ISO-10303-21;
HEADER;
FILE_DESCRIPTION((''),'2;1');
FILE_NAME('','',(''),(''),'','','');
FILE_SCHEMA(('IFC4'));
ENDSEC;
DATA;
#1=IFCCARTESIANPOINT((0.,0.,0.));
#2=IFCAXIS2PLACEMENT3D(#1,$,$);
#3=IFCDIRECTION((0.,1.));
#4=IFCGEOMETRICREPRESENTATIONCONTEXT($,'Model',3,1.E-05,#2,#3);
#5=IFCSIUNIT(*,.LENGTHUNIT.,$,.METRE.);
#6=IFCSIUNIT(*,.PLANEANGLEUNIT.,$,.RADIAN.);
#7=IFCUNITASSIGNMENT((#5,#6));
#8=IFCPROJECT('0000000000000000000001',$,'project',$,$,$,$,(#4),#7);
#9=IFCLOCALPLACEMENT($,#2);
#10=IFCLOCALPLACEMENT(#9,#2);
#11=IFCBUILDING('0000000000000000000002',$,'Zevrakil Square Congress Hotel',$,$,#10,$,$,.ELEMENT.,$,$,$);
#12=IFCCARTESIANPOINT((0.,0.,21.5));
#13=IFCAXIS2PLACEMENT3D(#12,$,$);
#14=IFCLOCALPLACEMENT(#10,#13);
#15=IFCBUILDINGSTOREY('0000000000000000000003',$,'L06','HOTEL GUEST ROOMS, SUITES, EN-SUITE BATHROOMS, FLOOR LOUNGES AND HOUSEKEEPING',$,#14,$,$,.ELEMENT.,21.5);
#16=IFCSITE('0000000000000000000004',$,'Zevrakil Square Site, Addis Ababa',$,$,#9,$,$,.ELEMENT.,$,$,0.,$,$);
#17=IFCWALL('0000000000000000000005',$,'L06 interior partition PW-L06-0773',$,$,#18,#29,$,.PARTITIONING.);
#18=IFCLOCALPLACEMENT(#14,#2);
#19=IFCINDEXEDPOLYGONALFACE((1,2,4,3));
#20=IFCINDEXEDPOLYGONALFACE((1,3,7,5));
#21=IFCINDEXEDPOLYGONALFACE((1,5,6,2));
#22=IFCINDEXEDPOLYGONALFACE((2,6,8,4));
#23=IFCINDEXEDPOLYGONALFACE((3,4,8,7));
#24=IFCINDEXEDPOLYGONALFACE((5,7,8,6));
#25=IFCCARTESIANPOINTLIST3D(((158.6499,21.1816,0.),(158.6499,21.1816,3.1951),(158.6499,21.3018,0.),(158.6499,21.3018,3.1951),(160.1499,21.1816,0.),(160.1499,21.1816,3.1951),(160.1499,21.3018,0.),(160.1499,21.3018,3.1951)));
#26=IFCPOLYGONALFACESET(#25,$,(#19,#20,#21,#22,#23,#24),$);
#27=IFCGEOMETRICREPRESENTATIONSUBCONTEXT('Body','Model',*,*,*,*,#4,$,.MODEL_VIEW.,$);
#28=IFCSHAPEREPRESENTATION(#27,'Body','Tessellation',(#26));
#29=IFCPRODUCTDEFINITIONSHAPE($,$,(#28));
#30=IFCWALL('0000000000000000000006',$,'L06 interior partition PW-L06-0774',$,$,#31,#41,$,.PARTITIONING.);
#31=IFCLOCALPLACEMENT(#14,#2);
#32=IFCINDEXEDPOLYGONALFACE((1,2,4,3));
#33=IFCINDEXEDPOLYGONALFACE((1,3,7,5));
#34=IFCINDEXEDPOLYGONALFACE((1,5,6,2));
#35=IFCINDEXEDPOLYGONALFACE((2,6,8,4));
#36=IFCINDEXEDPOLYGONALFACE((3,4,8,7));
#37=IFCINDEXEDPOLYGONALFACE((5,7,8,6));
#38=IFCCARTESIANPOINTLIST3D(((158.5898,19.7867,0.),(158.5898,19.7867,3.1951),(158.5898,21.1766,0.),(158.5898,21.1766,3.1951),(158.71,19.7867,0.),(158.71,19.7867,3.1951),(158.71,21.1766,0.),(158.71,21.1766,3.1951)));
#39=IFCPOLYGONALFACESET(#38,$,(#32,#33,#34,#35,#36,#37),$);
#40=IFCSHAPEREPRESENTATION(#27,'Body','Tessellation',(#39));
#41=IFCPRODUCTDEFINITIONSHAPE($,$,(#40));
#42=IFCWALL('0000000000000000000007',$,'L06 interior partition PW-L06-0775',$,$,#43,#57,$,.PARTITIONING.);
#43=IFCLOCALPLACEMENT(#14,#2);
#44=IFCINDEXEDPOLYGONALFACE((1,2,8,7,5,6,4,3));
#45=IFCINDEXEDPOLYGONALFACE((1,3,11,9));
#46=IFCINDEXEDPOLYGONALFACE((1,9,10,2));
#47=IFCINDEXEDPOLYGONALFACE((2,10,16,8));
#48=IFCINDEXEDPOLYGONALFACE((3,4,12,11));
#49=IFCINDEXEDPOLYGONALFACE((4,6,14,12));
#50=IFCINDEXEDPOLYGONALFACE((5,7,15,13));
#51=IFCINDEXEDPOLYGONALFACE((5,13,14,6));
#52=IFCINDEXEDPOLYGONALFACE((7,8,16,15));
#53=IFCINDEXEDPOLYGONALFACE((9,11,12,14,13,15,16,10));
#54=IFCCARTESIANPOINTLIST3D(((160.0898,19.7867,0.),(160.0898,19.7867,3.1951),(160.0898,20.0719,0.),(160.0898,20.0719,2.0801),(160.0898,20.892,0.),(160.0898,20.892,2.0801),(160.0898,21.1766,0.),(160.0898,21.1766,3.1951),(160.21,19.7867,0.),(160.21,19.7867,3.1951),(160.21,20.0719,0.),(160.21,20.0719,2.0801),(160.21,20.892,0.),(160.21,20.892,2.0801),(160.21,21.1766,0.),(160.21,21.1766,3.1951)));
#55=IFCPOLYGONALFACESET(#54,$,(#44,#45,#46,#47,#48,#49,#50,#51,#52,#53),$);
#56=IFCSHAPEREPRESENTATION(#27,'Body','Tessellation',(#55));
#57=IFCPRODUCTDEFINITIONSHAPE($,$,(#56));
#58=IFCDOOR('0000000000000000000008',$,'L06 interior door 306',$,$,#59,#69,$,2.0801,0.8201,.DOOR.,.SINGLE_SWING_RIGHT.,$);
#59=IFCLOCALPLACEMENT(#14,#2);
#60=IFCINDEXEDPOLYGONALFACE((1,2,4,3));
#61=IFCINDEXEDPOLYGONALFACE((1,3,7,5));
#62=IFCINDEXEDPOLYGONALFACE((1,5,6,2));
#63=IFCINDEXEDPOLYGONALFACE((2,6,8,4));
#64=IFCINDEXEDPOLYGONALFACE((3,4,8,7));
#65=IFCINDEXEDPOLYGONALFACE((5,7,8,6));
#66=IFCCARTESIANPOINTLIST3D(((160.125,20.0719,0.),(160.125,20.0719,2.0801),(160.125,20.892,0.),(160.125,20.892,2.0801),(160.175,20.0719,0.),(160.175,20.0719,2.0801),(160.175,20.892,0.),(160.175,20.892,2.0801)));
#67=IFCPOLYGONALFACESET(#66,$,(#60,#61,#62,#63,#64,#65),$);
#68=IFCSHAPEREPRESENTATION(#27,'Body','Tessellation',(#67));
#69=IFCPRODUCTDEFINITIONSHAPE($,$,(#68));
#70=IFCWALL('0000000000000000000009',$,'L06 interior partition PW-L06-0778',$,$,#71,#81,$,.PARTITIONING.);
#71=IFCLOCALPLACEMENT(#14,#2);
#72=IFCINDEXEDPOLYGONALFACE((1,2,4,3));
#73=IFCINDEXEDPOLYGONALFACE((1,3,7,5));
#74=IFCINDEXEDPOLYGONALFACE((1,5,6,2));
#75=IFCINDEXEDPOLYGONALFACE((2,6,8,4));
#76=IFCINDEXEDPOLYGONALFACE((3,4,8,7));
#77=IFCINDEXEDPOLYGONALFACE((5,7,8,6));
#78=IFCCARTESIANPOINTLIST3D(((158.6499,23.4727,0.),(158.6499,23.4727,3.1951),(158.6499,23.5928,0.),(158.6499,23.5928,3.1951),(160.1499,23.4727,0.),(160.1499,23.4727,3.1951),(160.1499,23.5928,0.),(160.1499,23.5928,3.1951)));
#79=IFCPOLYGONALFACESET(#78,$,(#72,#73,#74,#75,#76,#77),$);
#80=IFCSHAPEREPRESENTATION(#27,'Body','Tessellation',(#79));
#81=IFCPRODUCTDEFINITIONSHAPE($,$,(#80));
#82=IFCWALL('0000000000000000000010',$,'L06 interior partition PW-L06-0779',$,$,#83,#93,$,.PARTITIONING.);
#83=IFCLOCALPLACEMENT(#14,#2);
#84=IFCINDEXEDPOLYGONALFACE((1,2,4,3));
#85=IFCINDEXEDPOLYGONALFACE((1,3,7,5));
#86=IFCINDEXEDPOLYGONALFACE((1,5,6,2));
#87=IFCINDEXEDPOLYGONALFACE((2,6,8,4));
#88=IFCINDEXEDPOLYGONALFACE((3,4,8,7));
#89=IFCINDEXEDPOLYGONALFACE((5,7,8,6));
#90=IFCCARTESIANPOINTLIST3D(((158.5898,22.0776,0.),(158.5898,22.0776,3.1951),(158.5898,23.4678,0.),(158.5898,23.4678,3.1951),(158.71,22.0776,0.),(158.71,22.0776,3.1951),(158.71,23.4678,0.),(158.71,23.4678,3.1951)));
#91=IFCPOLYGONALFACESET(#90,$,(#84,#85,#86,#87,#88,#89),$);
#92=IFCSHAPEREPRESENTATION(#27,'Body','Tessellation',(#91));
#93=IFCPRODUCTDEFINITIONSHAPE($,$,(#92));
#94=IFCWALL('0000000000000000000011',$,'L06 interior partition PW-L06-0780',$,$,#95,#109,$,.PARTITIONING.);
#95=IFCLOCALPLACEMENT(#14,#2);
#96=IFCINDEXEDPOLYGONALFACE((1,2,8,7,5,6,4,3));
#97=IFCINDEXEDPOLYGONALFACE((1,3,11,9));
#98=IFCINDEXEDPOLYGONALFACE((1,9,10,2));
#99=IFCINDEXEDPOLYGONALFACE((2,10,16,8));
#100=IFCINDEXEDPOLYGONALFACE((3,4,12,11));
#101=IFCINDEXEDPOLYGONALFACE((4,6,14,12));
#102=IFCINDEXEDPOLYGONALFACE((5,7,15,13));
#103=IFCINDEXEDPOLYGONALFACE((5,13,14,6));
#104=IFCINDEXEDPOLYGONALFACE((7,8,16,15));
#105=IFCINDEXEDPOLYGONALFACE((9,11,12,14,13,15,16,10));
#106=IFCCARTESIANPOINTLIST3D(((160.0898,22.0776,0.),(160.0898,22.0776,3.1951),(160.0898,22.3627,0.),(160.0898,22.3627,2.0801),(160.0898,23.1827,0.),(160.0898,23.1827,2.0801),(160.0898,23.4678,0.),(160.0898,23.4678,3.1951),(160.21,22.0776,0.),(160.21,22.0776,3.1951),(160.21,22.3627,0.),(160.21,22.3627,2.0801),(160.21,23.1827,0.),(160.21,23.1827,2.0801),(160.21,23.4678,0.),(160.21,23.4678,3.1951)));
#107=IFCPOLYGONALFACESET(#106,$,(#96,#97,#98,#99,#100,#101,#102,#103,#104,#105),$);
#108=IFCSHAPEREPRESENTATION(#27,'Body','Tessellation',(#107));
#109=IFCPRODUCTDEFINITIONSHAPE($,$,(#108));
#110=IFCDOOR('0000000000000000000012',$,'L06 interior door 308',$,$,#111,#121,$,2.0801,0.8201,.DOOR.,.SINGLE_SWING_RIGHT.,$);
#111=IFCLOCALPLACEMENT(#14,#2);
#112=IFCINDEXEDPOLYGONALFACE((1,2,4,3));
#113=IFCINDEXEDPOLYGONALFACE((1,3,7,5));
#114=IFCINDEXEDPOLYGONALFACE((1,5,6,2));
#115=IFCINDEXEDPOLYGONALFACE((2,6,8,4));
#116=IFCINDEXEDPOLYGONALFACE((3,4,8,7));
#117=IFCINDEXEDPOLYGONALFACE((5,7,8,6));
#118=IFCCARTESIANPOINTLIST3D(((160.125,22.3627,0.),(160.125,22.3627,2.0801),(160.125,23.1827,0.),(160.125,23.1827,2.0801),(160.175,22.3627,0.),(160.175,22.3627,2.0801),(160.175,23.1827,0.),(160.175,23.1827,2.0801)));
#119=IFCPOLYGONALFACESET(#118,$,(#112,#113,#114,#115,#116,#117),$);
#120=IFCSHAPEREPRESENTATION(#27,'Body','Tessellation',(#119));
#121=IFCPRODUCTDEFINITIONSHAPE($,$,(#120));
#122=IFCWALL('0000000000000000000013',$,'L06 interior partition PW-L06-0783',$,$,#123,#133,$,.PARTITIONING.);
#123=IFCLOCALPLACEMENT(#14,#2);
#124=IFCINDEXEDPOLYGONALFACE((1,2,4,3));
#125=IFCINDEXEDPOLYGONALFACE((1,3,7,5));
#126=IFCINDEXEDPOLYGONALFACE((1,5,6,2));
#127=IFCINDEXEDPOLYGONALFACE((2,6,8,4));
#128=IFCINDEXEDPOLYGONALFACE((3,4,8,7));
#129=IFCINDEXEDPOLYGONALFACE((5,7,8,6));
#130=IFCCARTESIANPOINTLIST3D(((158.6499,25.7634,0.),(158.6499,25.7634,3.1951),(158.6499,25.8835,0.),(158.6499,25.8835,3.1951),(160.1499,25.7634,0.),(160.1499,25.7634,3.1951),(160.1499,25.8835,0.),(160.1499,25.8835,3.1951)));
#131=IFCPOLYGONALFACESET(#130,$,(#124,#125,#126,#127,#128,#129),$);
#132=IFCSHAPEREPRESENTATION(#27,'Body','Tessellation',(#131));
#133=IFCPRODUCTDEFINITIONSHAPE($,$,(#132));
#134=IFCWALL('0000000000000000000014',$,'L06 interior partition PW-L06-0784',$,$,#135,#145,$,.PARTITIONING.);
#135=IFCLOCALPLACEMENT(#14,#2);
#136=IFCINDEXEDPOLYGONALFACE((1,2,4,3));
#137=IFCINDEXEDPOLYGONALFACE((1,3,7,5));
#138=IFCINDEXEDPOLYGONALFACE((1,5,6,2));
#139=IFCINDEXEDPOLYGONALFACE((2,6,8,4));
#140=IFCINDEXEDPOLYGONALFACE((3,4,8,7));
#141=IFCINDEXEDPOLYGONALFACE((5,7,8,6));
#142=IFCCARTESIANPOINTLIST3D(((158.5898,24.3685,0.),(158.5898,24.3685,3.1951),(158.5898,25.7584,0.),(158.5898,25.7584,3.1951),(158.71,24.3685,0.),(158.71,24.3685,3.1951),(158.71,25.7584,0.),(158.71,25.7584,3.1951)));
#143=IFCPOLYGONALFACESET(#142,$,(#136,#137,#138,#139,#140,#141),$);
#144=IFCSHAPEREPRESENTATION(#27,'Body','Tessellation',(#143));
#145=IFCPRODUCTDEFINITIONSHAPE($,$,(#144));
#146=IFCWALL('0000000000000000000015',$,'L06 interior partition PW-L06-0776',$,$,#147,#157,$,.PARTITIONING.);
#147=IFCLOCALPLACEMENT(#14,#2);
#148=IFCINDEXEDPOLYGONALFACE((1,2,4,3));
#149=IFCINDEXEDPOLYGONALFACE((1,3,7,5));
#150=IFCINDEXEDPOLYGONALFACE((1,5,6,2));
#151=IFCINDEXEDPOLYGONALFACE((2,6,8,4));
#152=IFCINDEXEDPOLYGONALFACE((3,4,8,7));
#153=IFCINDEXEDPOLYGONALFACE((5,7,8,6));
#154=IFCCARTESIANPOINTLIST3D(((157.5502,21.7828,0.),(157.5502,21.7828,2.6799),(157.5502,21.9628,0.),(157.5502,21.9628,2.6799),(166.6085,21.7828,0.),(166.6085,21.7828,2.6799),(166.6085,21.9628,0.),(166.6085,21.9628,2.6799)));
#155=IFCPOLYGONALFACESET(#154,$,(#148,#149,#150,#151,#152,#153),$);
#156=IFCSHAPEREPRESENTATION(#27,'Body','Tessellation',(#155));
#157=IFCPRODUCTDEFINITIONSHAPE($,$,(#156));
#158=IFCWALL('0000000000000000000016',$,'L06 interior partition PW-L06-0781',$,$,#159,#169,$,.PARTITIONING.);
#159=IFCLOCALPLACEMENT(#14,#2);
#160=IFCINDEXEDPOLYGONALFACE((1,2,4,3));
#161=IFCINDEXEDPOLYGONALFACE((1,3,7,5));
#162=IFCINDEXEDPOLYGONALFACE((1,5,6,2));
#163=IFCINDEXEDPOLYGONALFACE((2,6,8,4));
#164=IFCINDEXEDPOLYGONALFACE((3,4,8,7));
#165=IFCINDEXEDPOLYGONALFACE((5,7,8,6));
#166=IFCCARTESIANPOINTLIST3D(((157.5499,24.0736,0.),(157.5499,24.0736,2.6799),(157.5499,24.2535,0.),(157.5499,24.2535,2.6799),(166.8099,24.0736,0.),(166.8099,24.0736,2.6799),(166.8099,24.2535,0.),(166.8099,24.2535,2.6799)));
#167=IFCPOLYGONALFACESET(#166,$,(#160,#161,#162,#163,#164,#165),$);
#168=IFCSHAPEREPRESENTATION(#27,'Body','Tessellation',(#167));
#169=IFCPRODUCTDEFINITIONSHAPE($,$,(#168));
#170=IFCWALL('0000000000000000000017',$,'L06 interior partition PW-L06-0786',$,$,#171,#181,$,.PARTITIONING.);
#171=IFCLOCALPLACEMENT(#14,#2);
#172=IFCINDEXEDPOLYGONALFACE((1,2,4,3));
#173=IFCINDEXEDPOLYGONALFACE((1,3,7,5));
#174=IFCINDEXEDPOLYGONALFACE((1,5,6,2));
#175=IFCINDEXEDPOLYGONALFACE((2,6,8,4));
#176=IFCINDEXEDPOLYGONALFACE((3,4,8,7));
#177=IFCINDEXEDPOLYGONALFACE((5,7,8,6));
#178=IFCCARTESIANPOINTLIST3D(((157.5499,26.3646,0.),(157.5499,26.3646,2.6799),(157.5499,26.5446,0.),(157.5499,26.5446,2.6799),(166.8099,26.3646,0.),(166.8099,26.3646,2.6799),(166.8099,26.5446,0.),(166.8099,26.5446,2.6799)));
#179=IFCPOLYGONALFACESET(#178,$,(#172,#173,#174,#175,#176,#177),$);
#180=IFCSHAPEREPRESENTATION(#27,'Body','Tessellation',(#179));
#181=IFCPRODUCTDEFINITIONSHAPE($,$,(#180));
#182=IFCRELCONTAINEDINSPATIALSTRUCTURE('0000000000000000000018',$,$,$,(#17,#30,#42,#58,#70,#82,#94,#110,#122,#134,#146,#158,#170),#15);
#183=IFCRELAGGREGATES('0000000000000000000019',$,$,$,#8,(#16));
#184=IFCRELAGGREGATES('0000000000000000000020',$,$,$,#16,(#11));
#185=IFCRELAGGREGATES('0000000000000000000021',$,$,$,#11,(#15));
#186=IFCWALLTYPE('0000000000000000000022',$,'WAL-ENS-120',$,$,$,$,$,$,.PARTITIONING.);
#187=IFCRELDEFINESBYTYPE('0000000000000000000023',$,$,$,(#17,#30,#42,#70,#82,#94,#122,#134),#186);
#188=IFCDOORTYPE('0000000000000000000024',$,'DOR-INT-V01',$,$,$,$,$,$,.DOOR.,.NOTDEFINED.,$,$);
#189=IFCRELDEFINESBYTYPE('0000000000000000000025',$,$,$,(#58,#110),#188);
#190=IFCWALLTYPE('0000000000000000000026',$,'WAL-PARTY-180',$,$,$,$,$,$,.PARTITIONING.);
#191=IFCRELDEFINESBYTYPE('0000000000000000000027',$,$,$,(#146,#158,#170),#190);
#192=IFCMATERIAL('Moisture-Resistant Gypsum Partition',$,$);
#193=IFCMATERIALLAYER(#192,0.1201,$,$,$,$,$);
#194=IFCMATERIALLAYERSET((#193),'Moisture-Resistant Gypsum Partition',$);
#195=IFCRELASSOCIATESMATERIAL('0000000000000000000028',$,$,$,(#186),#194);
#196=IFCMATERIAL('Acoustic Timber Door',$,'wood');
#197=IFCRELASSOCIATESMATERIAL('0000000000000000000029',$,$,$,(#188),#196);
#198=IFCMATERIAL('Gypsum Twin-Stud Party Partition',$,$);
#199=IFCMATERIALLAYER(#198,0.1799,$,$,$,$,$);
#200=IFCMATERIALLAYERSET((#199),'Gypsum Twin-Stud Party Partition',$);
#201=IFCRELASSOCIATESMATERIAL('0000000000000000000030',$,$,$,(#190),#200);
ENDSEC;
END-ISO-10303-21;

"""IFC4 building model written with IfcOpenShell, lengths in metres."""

from ifc_helpers import new_model, si_unit, direction, frame, frame_2d, origin, place, context, subcontext, project, spatial, rectangle, extrude, material, layer, layer_set, type_object, element, fill, save


model = new_model("IFC4")

# Units and contexts
model_context = context("Model", 3, precision=1e-05, world=origin(), true_north=direction((0.0, 1.0)))
body_context = subcontext(model_context, "Body", "Model", "MODEL_VIEW")
ifc_project = project(units=[si_unit("LENGTHUNIT", "METRE"), si_unit("PLANEANGLEUNIT", "RADIAN")], contexts=[model_context])

# Site, building, storey
site_placement = place(None, origin())
site = spatial("IfcSite", under=ifc_project, at=site_placement, Name="Zevrakil Square Site, Addis Ababa", CompositionType="ELEMENT", RefElevation=0.0)
building_placement = place(site_placement, origin())
building = spatial("IfcBuilding", under=site, at=building_placement, Name="Zevrakil Square Congress Hotel", CompositionType="ELEMENT")
storey_placement = place(building_placement, frame((0.0, 0.0, 21.5)))
storey = spatial("IfcBuildingStorey", under=building, at=storey_placement, Name="L06", Description="HOTEL GUEST ROOMS, SUITES, EN-SUITE BATHROOMS, FLOOR LOUNGES AND HOUSEKEEPING", CompositionType="ELEMENT", Elevation=21.5)

# Shared definitions
ifc_material_1 = material(Name="Moisture-Resistant Gypsum Partition")
ifc_layer_1 = layer(ifc_material_1, 0.1201)
ifc_layer_set_1 = layer_set([ifc_layer_1], Name="Moisture-Resistant Gypsum Partition")
wall_type_1 = type_object("IfcWallType", Name="WAL-ENS-120", PredefinedType="PARTITIONING", material=ifc_layer_set_1)

# Shared definitions
ifc_material_2 = material(Name="Acoustic Timber Door", Category="wood")
door_type_1 = type_object("IfcDoorType", Name="DOR-INT-V01", OperationType="NOTDEFINED", PredefinedType="DOOR", material=ifc_material_2)

# Walls
wall_1_placement = place(storey_placement, frame((158.6499, 21.2417, 0.0), z_axis=(0.0, 0.0, 1.0), x_axis=(1.0, 0.0, 0.0)))
element("IfcWall", 1, at=wall_1_placement, inside=storey, type_object=wall_type_1, Name="L06 interior partition PW-L06-0773", PredefinedType="PARTITIONING", context=body_context, shape_type="SweptSolid", body=[
    extrude(rectangle(XDim=1.5, YDim=0.1201, at=frame_2d((0.75, 0.0))), origin(), (0.0, 0.0, 1.0), 3.1951),
])
wall_2_placement = place(storey_placement, frame((158.6499, 19.7869, 0.0), z_axis=(0.0, 0.0, 1.0), x_axis=(0.0, 1.0, 0.0)))
element("IfcWall", 2, at=wall_2_placement, inside=storey, type_object=wall_type_1, Name="L06 interior partition PW-L06-0774", PredefinedType="PARTITIONING", context=body_context, shape_type="SweptSolid", body=[
    extrude(rectangle(XDim=1.3899, YDim=0.1201, at=frame_2d((0.6948, 0.0))), origin(), (0.0, 0.0, 1.0), 3.1951),
])

# Wall, opening, door
wall_3_placement = place(storey_placement, frame((160.1499, 19.7869, 0.0), z_axis=(0.0, 0.0, 1.0), x_axis=(0.0, 1.0, 0.0)))
wall_3 = element("IfcWall", 3, at=wall_3_placement, inside=storey, type_object=wall_type_1, Name="L06 interior partition PW-L06-0775", PredefinedType="PARTITIONING", context=body_context, shape_type="SweptSolid", body=[
    extrude(rectangle(XDim=1.3899, YDim=0.1201, at=frame_2d((0.6948, 0.0))), origin(), (0.0, 0.0, 1.0), 3.1951),
])
opening_1_placement = place(wall_3_placement, frame((0.2849, 0.0, 0.0)))
opening_1 = element("IfcOpeningElement", 4, at=opening_1_placement, cuts=wall_3, PredefinedType="OPENING", context=body_context, shape_type="SweptSolid", body=[
    extrude(rectangle(XDim=0.8201, YDim=2.0801, at=frame_2d((0.4102, 1.04))), frame((0.0, 0.0701, 0.0), z_axis=(0.0, -1.0, 0.0), x_axis=(1.0, 0.0, 0.0)), (0.0, 0.0, 1.0), 0.1401),
])
door_1_placement = place(opening_1_placement, origin())
door_1 = element("IfcDoor", 5, at=door_1_placement, inside=storey, type_object=door_type_1, Name="L06 interior door 306", OperationType="SINGLE_SWING_RIGHT", OverallHeight=2.0801, OverallWidth=0.8201, PredefinedType="DOOR", context=body_context, shape_type="SweptSolid", body=[
    extrude(rectangle(XDim=0.8201, YDim=2.0801, at=frame_2d((0.4102, 1.04))), frame((0.0, 0.0249, 0.0), z_axis=(0.0, -1.0, 0.0), x_axis=(1.0, 0.0, 0.0)), (0.0, 0.0, 1.0), 0.05),
])
fill(opening_1, door_1)

# Walls
wall_4_placement = place(storey_placement, frame((158.6499, 23.5327, 0.0), z_axis=(0.0, 0.0, 1.0), x_axis=(1.0, 0.0, 0.0)))
element("IfcWall", 6, at=wall_4_placement, inside=storey, type_object=wall_type_1, Name="L06 interior partition PW-L06-0778", PredefinedType="PARTITIONING", context=body_context, shape_type="SweptSolid", body=[
    extrude(rectangle(XDim=1.5, YDim=0.1201, at=frame_2d((0.75, 0.0))), origin(), (0.0, 0.0, 1.0), 3.1951),
])
wall_5_placement = place(storey_placement, frame((158.6499, 22.0776, 0.0), z_axis=(0.0, 0.0, 1.0), x_axis=(0.0, 1.0, 0.0)))
element("IfcWall", 7, at=wall_5_placement, inside=storey, type_object=wall_type_1, Name="L06 interior partition PW-L06-0779", PredefinedType="PARTITIONING", context=body_context, shape_type="SweptSolid", body=[
    extrude(rectangle(XDim=1.3901, YDim=0.1201, at=frame_2d((0.6951, 0.0))), origin(), (0.0, 0.0, 1.0), 3.1951),
])

# Wall, opening, door
wall_6_placement = place(storey_placement, frame((160.1499, 22.0776, 0.0), z_axis=(0.0, 0.0, 1.0), x_axis=(0.0, 1.0, 0.0)))
wall_6 = element("IfcWall", 8, at=wall_6_placement, inside=storey, type_object=wall_type_1, Name="L06 interior partition PW-L06-0780", PredefinedType="PARTITIONING", context=body_context, shape_type="SweptSolid", body=[
    extrude(rectangle(XDim=1.3901, YDim=0.1201, at=frame_2d((0.6951, 0.0))), origin(), (0.0, 0.0, 1.0), 3.1951),
])
opening_2_placement = place(wall_6_placement, frame((0.2849, 0.0, 0.0)))
opening_2 = element("IfcOpeningElement", 9, at=opening_2_placement, cuts=wall_6, PredefinedType="OPENING", context=body_context, shape_type="SweptSolid", body=[
    extrude(rectangle(XDim=0.8201, YDim=2.0801, at=frame_2d((0.4102, 1.04))), frame((0.0, 0.0701, 0.0), z_axis=(0.0, -1.0, 0.0), x_axis=(1.0, 0.0, 0.0)), (0.0, 0.0, 1.0), 0.1401),
])
door_2_placement = place(opening_2_placement, origin())
door_2 = element("IfcDoor", 10, at=door_2_placement, inside=storey, type_object=door_type_1, Name="L06 interior door 308", OperationType="SINGLE_SWING_RIGHT", OverallHeight=2.0801, OverallWidth=0.8201, PredefinedType="DOOR", context=body_context, shape_type="SweptSolid", body=[
    extrude(rectangle(XDim=0.8201, YDim=2.0801, at=frame_2d((0.4102, 1.04))), frame((0.0, 0.0249, 0.0), z_axis=(0.0, -1.0, 0.0), x_axis=(1.0, 0.0, 0.0)), (0.0, 0.0, 1.0), 0.05),
])
fill(opening_2, door_2)

# Walls
wall_7_placement = place(storey_placement, frame((158.6499, 25.8235, 0.0), z_axis=(0.0, 0.0, 1.0), x_axis=(1.0, 0.0, 0.0)))
element("IfcWall", 11, at=wall_7_placement, inside=storey, type_object=wall_type_1, Name="L06 interior partition PW-L06-0783", PredefinedType="PARTITIONING", context=body_context, shape_type="SweptSolid", body=[
    extrude(rectangle(XDim=1.5, YDim=0.1201, at=frame_2d((0.75, 0.0))), origin(), (0.0, 0.0, 1.0), 3.1951),
])
wall_8_placement = place(storey_placement, frame((158.6499, 24.3687, 0.0), z_axis=(0.0, 0.0, 1.0), x_axis=(0.0, 1.0, 0.0)))
element("IfcWall", 12, at=wall_8_placement, inside=storey, type_object=wall_type_1, Name="L06 interior partition PW-L06-0784", PredefinedType="PARTITIONING", context=body_context, shape_type="SweptSolid", body=[
    extrude(rectangle(XDim=1.3899, YDim=0.1201, at=frame_2d((0.6948, 0.0))), origin(), (0.0, 0.0, 1.0), 3.1951),
])
ifc_material_3 = material(Name="Gypsum Twin-Stud Party Partition")
ifc_layer_2 = layer(ifc_material_3, 0.1799)
ifc_layer_set_2 = layer_set([ifc_layer_2], Name="Gypsum Twin-Stud Party Partition")
wall_type_2 = type_object("IfcWallType", Name="WAL-PARTY-180", PredefinedType="PARTITIONING", material=ifc_layer_set_2)
wall_9_placement = place(storey_placement, frame((157.55, 21.8728, 0.0), z_axis=(0.0, 0.0, 1.0), x_axis=(1.0, 0.0, 0.0)))
element("IfcWall", 13, at=wall_9_placement, inside=storey, type_object=wall_type_2, Name="L06 interior partition PW-L06-0776", PredefinedType="PARTITIONING", context=body_context, shape_type="SweptSolid", body=[
    extrude(rectangle(XDim=9.0583, YDim=0.1799, at=frame_2d((4.5293, 0.0))), origin(), (0.0, 0.0, 1.0), 2.6799),
])
for number, where, z_axis, x_axis, name in (
    (14, (157.55, 24.1636, 0.0), (0.0, 0.0, 1.0), (1.0, 0.0, 0.0), "L06 interior partition PW-L06-0781"),
    (15, (157.55, 26.4546, 0.0), (0.0, 0.0, 1.0), (1.0, 0.0, 0.0), "L06 interior partition PW-L06-0786"),
):
    element("IfcWall", number, at=place(storey_placement, frame(where, z_axis=z_axis, x_axis=x_axis)), inside=storey, type_object=wall_type_2, Name=name, PredefinedType="PARTITIONING", context=body_context, shape_type="SweptSolid", body=[
        extrude(rectangle(XDim=9.26, YDim=0.1799, at=frame_2d((4.6299, 0.0))), origin(), (0.0, 0.0, 1.0), 2.6799),
    ])

save(model, "model.ifc")
